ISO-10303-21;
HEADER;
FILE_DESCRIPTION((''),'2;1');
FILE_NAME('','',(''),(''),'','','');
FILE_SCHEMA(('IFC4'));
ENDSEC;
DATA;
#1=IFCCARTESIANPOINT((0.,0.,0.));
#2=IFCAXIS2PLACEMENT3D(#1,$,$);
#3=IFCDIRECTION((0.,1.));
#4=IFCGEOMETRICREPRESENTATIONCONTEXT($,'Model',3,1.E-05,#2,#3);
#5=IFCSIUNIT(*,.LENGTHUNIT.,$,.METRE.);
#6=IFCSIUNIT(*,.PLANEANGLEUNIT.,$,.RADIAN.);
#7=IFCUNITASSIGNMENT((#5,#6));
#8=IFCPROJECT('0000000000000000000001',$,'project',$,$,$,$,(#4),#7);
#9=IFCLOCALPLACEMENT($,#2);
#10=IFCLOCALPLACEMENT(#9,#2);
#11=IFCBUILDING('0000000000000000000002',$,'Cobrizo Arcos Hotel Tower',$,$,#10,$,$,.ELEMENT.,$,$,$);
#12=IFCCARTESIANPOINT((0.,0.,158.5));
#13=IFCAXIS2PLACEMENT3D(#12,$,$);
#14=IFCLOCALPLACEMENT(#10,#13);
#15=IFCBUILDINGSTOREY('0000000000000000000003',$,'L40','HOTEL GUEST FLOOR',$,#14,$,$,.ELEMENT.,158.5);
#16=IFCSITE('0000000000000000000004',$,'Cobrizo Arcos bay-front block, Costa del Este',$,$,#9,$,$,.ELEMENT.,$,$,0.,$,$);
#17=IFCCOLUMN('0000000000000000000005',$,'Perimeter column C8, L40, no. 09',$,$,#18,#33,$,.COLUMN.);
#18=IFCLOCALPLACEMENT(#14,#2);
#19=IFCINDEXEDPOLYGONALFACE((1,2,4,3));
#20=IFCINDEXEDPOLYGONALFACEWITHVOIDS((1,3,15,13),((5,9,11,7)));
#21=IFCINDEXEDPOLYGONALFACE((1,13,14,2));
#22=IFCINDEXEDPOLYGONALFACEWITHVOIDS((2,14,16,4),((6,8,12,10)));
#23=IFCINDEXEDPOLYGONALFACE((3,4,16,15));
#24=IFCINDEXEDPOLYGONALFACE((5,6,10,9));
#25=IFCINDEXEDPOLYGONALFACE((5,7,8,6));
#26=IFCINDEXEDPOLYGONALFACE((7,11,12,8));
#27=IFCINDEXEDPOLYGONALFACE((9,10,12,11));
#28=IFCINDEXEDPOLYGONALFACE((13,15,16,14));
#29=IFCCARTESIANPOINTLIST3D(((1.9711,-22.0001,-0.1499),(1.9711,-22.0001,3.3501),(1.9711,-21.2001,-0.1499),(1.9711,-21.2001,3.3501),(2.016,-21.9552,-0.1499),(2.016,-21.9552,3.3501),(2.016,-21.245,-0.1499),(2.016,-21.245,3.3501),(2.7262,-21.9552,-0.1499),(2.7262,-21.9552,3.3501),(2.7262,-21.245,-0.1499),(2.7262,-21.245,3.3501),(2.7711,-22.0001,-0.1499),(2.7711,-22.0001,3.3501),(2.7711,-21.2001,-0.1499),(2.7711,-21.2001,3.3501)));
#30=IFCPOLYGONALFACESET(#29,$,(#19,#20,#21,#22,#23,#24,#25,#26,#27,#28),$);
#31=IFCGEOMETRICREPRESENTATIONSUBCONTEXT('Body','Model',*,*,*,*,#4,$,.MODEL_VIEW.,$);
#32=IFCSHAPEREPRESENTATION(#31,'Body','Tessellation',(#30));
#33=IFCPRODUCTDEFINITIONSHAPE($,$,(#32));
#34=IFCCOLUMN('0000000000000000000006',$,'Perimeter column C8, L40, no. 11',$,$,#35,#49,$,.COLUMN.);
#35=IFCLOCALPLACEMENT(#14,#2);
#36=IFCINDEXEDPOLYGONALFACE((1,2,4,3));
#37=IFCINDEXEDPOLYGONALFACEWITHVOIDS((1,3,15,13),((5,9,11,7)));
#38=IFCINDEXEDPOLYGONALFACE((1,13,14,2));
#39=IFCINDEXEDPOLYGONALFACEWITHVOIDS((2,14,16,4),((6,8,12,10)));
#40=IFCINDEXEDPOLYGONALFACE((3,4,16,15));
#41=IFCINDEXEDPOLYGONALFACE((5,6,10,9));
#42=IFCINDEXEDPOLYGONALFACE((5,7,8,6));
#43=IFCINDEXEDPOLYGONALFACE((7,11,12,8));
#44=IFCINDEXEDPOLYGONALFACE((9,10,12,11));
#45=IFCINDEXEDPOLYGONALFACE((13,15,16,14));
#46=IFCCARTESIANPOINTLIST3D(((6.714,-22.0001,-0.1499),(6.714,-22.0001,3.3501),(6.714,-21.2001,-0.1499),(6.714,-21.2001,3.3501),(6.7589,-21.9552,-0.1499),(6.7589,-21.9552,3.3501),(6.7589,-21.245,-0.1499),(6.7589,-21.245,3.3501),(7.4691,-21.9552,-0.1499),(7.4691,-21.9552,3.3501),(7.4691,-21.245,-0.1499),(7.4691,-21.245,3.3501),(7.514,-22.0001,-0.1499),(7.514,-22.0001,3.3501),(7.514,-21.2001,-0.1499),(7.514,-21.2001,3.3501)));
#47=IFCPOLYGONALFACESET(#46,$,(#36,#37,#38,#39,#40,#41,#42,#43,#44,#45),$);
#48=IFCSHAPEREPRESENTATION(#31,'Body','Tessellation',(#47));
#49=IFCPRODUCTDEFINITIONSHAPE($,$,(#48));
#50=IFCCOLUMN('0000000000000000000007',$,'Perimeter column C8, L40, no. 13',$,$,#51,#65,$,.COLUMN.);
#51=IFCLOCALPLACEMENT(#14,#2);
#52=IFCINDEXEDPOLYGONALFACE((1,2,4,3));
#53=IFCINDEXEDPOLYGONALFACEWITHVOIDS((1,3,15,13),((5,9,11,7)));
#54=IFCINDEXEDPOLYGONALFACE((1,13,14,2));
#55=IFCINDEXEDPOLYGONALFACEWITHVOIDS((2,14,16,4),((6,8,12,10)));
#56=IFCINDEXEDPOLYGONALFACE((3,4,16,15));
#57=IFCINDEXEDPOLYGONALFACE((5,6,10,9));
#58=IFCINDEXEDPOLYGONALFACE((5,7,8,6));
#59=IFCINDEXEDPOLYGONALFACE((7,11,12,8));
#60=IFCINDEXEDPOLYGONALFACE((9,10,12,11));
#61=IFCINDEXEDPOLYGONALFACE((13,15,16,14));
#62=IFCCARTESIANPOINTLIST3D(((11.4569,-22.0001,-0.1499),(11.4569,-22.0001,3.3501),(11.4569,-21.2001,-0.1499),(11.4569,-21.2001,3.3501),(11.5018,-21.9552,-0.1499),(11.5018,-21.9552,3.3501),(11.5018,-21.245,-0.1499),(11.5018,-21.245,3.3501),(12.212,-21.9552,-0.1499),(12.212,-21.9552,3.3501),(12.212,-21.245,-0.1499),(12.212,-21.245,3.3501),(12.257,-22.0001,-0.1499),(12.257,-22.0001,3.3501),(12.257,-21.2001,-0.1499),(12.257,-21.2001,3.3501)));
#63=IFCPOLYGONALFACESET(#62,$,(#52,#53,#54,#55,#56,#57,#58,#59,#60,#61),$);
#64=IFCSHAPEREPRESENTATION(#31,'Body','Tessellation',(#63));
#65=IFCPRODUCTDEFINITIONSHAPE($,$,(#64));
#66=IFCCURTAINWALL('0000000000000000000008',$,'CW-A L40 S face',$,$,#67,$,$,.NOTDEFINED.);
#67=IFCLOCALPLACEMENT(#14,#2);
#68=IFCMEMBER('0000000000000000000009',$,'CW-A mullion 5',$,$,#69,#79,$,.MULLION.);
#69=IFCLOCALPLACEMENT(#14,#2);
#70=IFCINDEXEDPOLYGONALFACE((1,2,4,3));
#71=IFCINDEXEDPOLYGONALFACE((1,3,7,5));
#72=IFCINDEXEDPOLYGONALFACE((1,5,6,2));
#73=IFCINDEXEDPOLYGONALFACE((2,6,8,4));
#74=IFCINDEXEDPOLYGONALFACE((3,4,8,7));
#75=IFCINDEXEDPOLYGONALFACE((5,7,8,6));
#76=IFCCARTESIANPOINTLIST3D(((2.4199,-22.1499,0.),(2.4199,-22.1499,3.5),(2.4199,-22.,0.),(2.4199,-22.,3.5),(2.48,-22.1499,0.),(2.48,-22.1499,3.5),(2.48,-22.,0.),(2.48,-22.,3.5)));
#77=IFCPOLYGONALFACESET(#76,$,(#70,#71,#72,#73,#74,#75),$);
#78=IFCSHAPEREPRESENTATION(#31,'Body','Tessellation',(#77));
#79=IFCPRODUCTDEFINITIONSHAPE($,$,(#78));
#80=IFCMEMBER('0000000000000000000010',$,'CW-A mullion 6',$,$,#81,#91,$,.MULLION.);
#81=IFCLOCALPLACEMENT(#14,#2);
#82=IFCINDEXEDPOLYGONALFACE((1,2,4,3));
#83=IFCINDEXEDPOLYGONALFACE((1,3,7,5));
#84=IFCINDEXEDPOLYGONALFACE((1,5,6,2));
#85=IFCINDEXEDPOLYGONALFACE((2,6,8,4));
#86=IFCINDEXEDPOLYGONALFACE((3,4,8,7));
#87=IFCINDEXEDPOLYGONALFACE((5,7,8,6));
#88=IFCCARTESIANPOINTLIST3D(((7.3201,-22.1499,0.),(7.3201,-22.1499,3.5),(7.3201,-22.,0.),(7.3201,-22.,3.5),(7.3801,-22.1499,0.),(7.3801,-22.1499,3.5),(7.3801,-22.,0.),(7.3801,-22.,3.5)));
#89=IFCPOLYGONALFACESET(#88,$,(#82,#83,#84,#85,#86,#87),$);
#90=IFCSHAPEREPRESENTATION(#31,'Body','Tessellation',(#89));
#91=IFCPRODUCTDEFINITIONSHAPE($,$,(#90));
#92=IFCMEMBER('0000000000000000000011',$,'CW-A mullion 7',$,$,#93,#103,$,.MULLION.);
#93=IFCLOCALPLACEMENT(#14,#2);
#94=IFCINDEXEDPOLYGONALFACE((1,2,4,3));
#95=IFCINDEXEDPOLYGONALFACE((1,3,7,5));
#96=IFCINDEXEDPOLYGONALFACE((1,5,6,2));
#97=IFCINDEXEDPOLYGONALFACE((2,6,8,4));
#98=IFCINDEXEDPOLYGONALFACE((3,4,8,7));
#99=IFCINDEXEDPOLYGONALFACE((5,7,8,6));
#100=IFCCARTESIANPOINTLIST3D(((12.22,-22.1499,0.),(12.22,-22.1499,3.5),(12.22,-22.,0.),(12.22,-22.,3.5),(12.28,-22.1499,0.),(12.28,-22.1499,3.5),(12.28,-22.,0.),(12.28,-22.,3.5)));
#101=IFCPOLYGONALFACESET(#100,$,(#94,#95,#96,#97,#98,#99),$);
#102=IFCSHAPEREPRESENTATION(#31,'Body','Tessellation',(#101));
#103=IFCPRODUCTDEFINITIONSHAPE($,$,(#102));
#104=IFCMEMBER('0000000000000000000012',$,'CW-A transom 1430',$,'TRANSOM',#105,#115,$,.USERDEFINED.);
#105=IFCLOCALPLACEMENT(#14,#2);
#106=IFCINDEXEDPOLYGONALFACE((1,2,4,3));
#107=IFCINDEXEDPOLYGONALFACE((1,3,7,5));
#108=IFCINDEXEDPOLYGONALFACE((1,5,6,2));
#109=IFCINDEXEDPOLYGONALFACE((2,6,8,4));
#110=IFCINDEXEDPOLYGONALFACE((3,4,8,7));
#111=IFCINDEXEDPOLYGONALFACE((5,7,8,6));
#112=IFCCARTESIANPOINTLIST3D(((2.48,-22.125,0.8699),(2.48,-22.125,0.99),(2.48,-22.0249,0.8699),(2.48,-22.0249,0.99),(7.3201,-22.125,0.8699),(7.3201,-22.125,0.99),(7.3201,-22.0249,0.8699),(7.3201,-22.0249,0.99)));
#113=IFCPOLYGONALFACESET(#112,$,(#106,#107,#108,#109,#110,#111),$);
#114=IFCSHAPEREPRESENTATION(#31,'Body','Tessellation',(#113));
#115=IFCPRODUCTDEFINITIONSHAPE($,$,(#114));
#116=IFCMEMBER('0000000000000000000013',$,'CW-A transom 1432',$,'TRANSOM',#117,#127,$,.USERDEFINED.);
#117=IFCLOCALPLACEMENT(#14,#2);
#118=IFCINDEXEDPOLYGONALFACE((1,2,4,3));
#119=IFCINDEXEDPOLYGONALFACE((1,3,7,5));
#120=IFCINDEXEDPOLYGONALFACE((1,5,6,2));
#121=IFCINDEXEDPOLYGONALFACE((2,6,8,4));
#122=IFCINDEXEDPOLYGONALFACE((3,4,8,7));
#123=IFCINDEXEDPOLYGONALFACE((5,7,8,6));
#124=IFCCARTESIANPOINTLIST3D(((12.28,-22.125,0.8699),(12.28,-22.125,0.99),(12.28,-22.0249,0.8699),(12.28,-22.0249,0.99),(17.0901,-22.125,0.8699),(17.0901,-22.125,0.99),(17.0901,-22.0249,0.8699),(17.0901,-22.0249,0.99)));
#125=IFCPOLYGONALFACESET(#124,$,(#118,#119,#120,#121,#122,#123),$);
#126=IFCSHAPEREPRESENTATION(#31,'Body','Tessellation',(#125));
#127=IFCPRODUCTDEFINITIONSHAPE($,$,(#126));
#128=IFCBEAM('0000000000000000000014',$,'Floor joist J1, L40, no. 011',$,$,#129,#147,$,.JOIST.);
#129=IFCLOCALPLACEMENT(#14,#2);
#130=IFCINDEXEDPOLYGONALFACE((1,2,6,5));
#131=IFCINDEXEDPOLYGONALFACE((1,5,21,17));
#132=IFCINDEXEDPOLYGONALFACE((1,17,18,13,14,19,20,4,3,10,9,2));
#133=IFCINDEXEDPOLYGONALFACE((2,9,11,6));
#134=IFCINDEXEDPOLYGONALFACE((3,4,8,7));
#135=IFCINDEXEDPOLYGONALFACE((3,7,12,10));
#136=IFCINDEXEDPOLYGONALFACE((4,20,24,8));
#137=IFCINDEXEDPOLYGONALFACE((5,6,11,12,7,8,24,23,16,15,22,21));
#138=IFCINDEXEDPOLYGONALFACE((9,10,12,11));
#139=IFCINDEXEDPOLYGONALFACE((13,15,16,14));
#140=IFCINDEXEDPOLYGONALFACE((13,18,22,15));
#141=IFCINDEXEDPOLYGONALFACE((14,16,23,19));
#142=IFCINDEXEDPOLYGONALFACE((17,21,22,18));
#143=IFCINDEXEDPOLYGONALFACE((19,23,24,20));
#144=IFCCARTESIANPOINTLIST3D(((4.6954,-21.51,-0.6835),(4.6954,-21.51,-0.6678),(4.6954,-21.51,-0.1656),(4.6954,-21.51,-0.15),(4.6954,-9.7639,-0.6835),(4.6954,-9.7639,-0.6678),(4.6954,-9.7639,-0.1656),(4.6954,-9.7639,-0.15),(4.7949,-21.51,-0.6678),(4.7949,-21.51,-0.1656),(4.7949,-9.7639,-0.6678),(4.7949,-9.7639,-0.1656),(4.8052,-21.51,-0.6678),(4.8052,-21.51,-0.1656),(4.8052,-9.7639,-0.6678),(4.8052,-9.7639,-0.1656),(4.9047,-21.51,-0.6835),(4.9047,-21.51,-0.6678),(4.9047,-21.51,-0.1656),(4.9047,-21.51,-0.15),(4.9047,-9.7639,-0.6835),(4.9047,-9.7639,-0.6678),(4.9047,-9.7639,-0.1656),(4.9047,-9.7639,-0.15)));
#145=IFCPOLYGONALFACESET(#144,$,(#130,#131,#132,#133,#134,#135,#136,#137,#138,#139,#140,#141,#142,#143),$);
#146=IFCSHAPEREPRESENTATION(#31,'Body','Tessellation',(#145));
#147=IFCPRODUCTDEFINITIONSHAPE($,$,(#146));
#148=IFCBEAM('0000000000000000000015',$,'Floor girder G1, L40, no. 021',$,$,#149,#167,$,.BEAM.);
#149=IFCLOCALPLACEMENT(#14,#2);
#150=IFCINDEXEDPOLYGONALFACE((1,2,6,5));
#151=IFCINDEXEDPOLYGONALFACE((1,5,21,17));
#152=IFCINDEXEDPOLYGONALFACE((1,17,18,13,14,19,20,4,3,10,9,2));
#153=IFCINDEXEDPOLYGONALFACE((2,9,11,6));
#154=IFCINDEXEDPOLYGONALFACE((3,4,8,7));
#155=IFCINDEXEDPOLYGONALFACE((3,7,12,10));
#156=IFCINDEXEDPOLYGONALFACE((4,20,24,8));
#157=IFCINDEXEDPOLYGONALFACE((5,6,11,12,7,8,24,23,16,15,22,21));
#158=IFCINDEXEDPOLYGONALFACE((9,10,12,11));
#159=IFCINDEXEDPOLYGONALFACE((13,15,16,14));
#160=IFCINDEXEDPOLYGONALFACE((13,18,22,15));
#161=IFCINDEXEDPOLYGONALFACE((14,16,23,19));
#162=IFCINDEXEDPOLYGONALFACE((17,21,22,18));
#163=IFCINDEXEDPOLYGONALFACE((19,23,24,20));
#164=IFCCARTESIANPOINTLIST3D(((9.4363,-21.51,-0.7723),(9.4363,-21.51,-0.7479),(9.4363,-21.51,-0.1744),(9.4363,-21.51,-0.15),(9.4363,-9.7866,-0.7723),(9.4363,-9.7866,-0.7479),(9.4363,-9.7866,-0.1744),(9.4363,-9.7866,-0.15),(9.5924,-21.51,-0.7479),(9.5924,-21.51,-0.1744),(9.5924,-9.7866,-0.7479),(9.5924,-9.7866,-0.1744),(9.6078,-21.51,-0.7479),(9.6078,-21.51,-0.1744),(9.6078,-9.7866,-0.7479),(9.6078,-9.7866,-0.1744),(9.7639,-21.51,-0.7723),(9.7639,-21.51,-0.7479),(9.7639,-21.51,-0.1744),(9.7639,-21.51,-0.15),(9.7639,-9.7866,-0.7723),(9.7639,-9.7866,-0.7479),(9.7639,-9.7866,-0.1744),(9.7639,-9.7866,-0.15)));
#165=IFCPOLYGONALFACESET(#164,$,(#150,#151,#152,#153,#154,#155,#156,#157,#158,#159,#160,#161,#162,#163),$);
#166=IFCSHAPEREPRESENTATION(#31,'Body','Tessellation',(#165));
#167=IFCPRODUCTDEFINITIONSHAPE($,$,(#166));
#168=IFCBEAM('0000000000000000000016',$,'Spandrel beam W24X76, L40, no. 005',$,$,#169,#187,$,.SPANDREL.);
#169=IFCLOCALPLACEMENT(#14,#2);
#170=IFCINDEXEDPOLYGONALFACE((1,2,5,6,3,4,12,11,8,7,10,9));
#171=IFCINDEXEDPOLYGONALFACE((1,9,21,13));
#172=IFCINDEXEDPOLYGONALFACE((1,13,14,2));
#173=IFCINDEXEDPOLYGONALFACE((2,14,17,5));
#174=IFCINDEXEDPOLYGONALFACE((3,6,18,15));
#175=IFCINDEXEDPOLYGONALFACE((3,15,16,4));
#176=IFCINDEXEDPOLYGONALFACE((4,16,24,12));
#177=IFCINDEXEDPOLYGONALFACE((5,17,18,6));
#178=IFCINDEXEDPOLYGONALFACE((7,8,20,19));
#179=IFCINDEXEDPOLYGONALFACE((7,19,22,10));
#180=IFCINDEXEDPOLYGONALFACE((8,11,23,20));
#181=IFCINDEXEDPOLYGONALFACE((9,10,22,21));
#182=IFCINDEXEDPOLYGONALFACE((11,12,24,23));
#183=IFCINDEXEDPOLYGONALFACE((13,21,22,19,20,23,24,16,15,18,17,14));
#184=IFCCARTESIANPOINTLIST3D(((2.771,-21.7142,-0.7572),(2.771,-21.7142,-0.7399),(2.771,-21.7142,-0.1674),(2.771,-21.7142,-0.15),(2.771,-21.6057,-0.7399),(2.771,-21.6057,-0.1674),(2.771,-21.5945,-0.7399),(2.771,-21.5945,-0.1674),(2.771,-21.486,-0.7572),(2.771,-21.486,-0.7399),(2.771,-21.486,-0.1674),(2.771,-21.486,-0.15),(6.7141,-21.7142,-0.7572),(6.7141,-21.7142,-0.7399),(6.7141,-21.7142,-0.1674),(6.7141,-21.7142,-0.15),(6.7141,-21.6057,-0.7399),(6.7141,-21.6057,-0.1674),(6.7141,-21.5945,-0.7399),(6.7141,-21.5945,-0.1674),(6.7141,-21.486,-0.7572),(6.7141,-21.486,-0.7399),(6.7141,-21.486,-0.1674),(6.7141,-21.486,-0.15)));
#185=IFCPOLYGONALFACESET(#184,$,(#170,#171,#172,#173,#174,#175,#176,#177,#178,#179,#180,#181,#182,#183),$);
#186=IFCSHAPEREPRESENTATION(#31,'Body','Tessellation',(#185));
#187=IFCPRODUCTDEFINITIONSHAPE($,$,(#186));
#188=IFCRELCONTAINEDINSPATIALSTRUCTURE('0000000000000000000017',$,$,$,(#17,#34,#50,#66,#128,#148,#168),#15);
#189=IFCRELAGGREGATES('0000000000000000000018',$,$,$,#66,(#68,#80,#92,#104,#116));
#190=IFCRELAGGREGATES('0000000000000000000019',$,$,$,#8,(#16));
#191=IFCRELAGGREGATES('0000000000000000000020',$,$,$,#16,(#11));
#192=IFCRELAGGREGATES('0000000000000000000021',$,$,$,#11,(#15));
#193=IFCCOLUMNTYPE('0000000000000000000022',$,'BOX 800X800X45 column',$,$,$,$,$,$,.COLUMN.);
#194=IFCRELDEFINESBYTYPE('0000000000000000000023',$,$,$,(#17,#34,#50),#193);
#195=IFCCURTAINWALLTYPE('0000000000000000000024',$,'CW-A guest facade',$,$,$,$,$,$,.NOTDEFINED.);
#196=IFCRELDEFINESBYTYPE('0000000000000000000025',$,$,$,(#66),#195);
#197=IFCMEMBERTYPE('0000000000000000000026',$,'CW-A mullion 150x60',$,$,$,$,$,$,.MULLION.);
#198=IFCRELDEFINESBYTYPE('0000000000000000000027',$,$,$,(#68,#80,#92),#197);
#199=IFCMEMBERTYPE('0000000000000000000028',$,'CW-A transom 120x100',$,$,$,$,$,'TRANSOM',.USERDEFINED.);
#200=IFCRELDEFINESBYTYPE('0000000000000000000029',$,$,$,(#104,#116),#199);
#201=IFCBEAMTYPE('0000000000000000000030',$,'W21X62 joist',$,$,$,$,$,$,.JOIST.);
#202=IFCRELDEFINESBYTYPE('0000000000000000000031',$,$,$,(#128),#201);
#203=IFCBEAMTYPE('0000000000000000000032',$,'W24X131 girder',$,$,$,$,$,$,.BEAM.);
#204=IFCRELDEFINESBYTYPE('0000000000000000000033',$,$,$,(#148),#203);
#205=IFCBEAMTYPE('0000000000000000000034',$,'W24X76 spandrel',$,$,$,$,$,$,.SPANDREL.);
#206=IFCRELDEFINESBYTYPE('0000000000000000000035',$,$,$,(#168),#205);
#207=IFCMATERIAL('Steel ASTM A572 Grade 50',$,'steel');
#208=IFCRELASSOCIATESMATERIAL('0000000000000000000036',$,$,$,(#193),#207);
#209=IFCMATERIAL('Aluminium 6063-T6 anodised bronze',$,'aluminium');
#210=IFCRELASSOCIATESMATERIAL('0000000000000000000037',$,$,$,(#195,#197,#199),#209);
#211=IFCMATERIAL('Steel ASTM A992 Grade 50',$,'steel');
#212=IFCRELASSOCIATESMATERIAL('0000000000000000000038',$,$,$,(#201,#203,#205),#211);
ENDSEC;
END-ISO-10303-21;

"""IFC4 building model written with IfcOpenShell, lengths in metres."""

from ifc_helpers import new_model, si_unit, direction, frame, origin, origin_2d, place, context, subcontext, project, spatial, rectangle, hollow_rectangle, i_section, extrude, material, material_profile, profile_set, type_object, element, aggregate, save


model = new_model("IFC4")

# Units and contexts
model_context = context("Model", 3, precision=1e-05, world=origin(), true_north=direction((0.0, 1.0)))
body_context = subcontext(model_context, "Body", "Model", "MODEL_VIEW")
ifc_project = project(units=[si_unit("LENGTHUNIT", "METRE"), si_unit("PLANEANGLEUNIT", "RADIAN")], contexts=[model_context])

# Site, building, storey
site_placement = place(None, origin())
site = spatial("IfcSite", under=ifc_project, at=site_placement, Name="Cobrizo Arcos bay-front block, Costa del Este", CompositionType="ELEMENT", RefElevation=0.0)
building_placement = place(site_placement, origin())
building = spatial("IfcBuilding", under=site, at=building_placement, Name="Cobrizo Arcos Hotel Tower", CompositionType="ELEMENT")
storey_placement = place(building_placement, frame((0.0, 0.0, 158.5)))
storey = spatial("IfcBuildingStorey", under=building, at=storey_placement, Name="L40", Description="HOTEL GUEST FLOOR", CompositionType="ELEMENT", Elevation=158.5)

# Columns
ifc_material_1 = material(Name="Steel ASTM A572 Grade 50", Category="steel")
ifc_material_profile_1 = material_profile(ifc_material_1, hollow_rectangle(XDim=0.8, YDim=0.8, WallThickness=0.0449, at=origin_2d()), Name="BOX 800X800X45")
ifc_profile_set_1 = profile_set([ifc_material_profile_1], Name="Steel ASTM A572 Grade 50")
column_type = type_object("IfcColumnType", Name="BOX 800X800X45 column", PredefinedType="COLUMN", material=ifc_profile_set_1)
for number, where, z_axis, x_axis, name in (
    (1, (2.3711, -21.6001, -0.1499), (0.0, 0.0, 1.0), (1.0, 0.0, 0.0), "Perimeter column C8, L40, no. 09"),
    (2, (7.114, -21.6001, -0.1499), (0.0, 0.0, 1.0), (1.0, 0.0, 0.0), "Perimeter column C8, L40, no. 11"),
    (3, (11.8569, -21.6001, -0.1499), (0.0, 0.0, 1.0), (1.0, 0.0, 0.0), "Perimeter column C8, L40, no. 13"),
):
    element("IfcColumn", number, at=place(storey_placement, frame(where, z_axis=z_axis, x_axis=x_axis)), inside=storey, type_object=column_type, Name=name, PredefinedType="COLUMN", context=body_context, shape_type="SweptSolid", body=[
        extrude(hollow_rectangle(XDim=0.8, YDim=0.8, WallThickness=0.0449, at=origin_2d()), origin(), (0.0, 0.0, 1.0), 3.5),
    ])

# Curtain wall, members
ifc_material_2 = material(Name="Aluminium 6063-T6 anodised bronze", Category="aluminium")
curtain_wall_type = type_object("IfcCurtainWallType", Name="CW-A guest facade", PredefinedType="NOTDEFINED", material=ifc_material_2)
curtain_wall_placement = place(storey_placement, origin())
curtain_wall = element("IfcCurtainWall", 4, at=curtain_wall_placement, inside=storey, type_object=curtain_wall_type, Name="CW-A L40 S face", PredefinedType="NOTDEFINED")
ifc_material_profile_2 = material_profile(ifc_material_2, rectangle(XDim=0.1499, YDim=0.0601, at=origin_2d()), Name="CW-A mullion 150x60")
ifc_profile_set_2 = profile_set([ifc_material_profile_2], Name="Aluminium 6063-T6 anodised bronze")
member_type_1 = type_object("IfcMemberType", Name="CW-A mullion 150x60", PredefinedType="MULLION", material=ifc_profile_set_2)
member_1_placement = place(storey_placement, frame((2.45, -22.075, 0.0), z_axis=(0.0, 0.0, 1.0), x_axis=(0.0, -1.0, 0.0)))
member_1 = element("IfcMember", 5, at=member_1_placement, type_object=member_type_1, Name="CW-A mullion 5", PredefinedType="MULLION", context=body_context, shape_type="SweptSolid", body=[
    extrude(rectangle(XDim=0.1499, YDim=0.0601, at=origin_2d()), origin(), (0.0, 0.0, 1.0), 3.5),
])
member_2_placement = place(storey_placement, frame((7.3501, -22.075, 0.0), z_axis=(0.0, 0.0, 1.0), x_axis=(0.0, -1.0, 0.0)))
member_2 = element("IfcMember", 6, at=member_2_placement, type_object=member_type_1, Name="CW-A mullion 6", PredefinedType="MULLION", context=body_context, shape_type="SweptSolid", body=[
    extrude(rectangle(XDim=0.1499, YDim=0.0601, at=origin_2d()), origin(), (0.0, 0.0, 1.0), 3.5),
])
member_3_placement = place(storey_placement, frame((12.25, -22.075, 0.0), z_axis=(0.0, 0.0, 1.0), x_axis=(0.0, -1.0, 0.0)))
member_3 = element("IfcMember", 7, at=member_3_placement, type_object=member_type_1, Name="CW-A mullion 7", PredefinedType="MULLION", context=body_context, shape_type="SweptSolid", body=[
    extrude(rectangle(XDim=0.1499, YDim=0.0601, at=origin_2d()), origin(), (0.0, 0.0, 1.0), 3.5),
])
ifc_material_profile_3 = material_profile(ifc_material_2, rectangle(XDim=0.1001, YDim=0.1201, at=origin_2d()), Name="CW-A transom 120x100")
ifc_profile_set_3 = profile_set([ifc_material_profile_3], Name="Aluminium 6063-T6 anodised bronze")
member_type_2 = type_object("IfcMemberType", Name="CW-A transom 120x100", ElementType="TRANSOM", PredefinedType="USERDEFINED", material=ifc_profile_set_3)
member_4_placement = place(storey_placement, frame((2.48, -22.075, 0.9299), z_axis=(1.0, 0.0, 0.0), x_axis=(0.0, 1.0, 0.0)))
member_4 = element("IfcMember", 8, at=member_4_placement, type_object=member_type_2, Name="CW-A transom 1430", ObjectType="TRANSOM", PredefinedType="USERDEFINED", context=body_context, shape_type="SweptSolid", body=[
    extrude(rectangle(XDim=0.1001, YDim=0.1201, at=origin_2d()), origin(), (0.0, 0.0, 1.0), 4.8401),
])
member_5_placement = place(storey_placement, frame((12.28, -22.075, 0.9299), z_axis=(1.0, 0.0, 0.0), x_axis=(0.0, 1.0, 0.0)))
member_5 = element("IfcMember", 9, at=member_5_placement, type_object=member_type_2, Name="CW-A transom 1432", ObjectType="TRANSOM", PredefinedType="USERDEFINED", context=body_context, shape_type="SweptSolid", body=[
    extrude(rectangle(XDim=0.1001, YDim=0.1201, at=origin_2d()), origin(), (0.0, 0.0, 1.0), 4.8101),
])

# Beams
ifc_material_3 = material(Name="Steel ASTM A992 Grade 50", Category="steel")
ifc_material_profile_4 = material_profile(ifc_material_3, i_section(OverallWidth=0.2092, OverallDepth=0.5334, WebThickness=0.0103, FlangeThickness=0.0156, at=origin_2d()), Name="W21X62")
ifc_profile_set_4 = profile_set([ifc_material_profile_4], Name="Steel ASTM A992 Grade 50")
beam_type_1 = type_object("IfcBeamType", Name="W21X62 joist", PredefinedType="JOIST", material=ifc_profile_set_4)
beam_1_placement = place(storey_placement, frame((4.8, -21.51, -0.4167), z_axis=(0.0, 1.0, 0.0), x_axis=(-1.0, 0.0, 0.0)))
element("IfcBeam", 10, at=beam_1_placement, inside=storey, type_object=beam_type_1, Name="Floor joist J1, L40, no. 011", PredefinedType="JOIST", context=body_context, shape_type="SweptSolid", body=[
    extrude(i_section(OverallWidth=0.2092, OverallDepth=0.5334, WebThickness=0.0103, FlangeThickness=0.0156, at=origin_2d()), origin(), (0.0, 0.0, 1.0), 11.7461),
])
ifc_material_profile_5 = material_profile(ifc_material_3, i_section(OverallWidth=0.3276, OverallDepth=0.6223, WebThickness=0.0154, FlangeThickness=0.0244, at=origin_2d()), Name="W24X131")
ifc_profile_set_5 = profile_set([ifc_material_profile_5], Name="Steel ASTM A992 Grade 50")
beam_type_2 = type_object("IfcBeamType", Name="W24X131 girder", PredefinedType="BEAM", material=ifc_profile_set_5)
beam_2_placement = place(storey_placement, frame((9.6001, -21.51, -0.4612), z_axis=(0.0, 1.0, 0.0), x_axis=(-1.0, 0.0, 0.0)))
element("IfcBeam", 11, at=beam_2_placement, inside=storey, type_object=beam_type_2, Name="Floor girder G1, L40, no. 021", PredefinedType="BEAM", context=body_context, shape_type="SweptSolid", body=[
    extrude(i_section(OverallWidth=0.3276, OverallDepth=0.6223, WebThickness=0.0154, FlangeThickness=0.0244, at=origin_2d()), origin(), (0.0, 0.0, 1.0), 11.7234),
])
ifc_material_profile_6 = material_profile(ifc_material_3, i_section(OverallWidth=0.2283, OverallDepth=0.6072, WebThickness=0.0112, FlangeThickness=0.0173, at=origin_2d()), Name="W24X76")
ifc_profile_set_6 = profile_set([ifc_material_profile_6], Name="Steel ASTM A992 Grade 50")
beam_type_3 = type_object("IfcBeamType", Name="W24X76 spandrel", PredefinedType="SPANDREL", material=ifc_profile_set_6)
for number, where, z_axis, x_axis, name in (
    (12, (2.771, -21.6001, -0.4536), (1.0, 0.0, 0.0), (0.0, 1.0, 0.0), "Spandrel beam W24X76, L40, no. 005"),
):
    element("IfcBeam", number, at=place(storey_placement, frame(where, z_axis=z_axis, x_axis=x_axis)), inside=storey, type_object=beam_type_3, Name=name, PredefinedType="SPANDREL", context=body_context, shape_type="SweptSolid", body=[
        extrude(i_section(OverallWidth=0.2283, OverallDepth=0.6072, WebThickness=0.0112, FlangeThickness=0.0173, at=origin_2d()), origin(), (0.0, 0.0, 1.0), 3.9431),
    ])

aggregate(curtain_wall, [member_1, member_2, member_3, member_4, member_5])

save(model, "model.ifc")
